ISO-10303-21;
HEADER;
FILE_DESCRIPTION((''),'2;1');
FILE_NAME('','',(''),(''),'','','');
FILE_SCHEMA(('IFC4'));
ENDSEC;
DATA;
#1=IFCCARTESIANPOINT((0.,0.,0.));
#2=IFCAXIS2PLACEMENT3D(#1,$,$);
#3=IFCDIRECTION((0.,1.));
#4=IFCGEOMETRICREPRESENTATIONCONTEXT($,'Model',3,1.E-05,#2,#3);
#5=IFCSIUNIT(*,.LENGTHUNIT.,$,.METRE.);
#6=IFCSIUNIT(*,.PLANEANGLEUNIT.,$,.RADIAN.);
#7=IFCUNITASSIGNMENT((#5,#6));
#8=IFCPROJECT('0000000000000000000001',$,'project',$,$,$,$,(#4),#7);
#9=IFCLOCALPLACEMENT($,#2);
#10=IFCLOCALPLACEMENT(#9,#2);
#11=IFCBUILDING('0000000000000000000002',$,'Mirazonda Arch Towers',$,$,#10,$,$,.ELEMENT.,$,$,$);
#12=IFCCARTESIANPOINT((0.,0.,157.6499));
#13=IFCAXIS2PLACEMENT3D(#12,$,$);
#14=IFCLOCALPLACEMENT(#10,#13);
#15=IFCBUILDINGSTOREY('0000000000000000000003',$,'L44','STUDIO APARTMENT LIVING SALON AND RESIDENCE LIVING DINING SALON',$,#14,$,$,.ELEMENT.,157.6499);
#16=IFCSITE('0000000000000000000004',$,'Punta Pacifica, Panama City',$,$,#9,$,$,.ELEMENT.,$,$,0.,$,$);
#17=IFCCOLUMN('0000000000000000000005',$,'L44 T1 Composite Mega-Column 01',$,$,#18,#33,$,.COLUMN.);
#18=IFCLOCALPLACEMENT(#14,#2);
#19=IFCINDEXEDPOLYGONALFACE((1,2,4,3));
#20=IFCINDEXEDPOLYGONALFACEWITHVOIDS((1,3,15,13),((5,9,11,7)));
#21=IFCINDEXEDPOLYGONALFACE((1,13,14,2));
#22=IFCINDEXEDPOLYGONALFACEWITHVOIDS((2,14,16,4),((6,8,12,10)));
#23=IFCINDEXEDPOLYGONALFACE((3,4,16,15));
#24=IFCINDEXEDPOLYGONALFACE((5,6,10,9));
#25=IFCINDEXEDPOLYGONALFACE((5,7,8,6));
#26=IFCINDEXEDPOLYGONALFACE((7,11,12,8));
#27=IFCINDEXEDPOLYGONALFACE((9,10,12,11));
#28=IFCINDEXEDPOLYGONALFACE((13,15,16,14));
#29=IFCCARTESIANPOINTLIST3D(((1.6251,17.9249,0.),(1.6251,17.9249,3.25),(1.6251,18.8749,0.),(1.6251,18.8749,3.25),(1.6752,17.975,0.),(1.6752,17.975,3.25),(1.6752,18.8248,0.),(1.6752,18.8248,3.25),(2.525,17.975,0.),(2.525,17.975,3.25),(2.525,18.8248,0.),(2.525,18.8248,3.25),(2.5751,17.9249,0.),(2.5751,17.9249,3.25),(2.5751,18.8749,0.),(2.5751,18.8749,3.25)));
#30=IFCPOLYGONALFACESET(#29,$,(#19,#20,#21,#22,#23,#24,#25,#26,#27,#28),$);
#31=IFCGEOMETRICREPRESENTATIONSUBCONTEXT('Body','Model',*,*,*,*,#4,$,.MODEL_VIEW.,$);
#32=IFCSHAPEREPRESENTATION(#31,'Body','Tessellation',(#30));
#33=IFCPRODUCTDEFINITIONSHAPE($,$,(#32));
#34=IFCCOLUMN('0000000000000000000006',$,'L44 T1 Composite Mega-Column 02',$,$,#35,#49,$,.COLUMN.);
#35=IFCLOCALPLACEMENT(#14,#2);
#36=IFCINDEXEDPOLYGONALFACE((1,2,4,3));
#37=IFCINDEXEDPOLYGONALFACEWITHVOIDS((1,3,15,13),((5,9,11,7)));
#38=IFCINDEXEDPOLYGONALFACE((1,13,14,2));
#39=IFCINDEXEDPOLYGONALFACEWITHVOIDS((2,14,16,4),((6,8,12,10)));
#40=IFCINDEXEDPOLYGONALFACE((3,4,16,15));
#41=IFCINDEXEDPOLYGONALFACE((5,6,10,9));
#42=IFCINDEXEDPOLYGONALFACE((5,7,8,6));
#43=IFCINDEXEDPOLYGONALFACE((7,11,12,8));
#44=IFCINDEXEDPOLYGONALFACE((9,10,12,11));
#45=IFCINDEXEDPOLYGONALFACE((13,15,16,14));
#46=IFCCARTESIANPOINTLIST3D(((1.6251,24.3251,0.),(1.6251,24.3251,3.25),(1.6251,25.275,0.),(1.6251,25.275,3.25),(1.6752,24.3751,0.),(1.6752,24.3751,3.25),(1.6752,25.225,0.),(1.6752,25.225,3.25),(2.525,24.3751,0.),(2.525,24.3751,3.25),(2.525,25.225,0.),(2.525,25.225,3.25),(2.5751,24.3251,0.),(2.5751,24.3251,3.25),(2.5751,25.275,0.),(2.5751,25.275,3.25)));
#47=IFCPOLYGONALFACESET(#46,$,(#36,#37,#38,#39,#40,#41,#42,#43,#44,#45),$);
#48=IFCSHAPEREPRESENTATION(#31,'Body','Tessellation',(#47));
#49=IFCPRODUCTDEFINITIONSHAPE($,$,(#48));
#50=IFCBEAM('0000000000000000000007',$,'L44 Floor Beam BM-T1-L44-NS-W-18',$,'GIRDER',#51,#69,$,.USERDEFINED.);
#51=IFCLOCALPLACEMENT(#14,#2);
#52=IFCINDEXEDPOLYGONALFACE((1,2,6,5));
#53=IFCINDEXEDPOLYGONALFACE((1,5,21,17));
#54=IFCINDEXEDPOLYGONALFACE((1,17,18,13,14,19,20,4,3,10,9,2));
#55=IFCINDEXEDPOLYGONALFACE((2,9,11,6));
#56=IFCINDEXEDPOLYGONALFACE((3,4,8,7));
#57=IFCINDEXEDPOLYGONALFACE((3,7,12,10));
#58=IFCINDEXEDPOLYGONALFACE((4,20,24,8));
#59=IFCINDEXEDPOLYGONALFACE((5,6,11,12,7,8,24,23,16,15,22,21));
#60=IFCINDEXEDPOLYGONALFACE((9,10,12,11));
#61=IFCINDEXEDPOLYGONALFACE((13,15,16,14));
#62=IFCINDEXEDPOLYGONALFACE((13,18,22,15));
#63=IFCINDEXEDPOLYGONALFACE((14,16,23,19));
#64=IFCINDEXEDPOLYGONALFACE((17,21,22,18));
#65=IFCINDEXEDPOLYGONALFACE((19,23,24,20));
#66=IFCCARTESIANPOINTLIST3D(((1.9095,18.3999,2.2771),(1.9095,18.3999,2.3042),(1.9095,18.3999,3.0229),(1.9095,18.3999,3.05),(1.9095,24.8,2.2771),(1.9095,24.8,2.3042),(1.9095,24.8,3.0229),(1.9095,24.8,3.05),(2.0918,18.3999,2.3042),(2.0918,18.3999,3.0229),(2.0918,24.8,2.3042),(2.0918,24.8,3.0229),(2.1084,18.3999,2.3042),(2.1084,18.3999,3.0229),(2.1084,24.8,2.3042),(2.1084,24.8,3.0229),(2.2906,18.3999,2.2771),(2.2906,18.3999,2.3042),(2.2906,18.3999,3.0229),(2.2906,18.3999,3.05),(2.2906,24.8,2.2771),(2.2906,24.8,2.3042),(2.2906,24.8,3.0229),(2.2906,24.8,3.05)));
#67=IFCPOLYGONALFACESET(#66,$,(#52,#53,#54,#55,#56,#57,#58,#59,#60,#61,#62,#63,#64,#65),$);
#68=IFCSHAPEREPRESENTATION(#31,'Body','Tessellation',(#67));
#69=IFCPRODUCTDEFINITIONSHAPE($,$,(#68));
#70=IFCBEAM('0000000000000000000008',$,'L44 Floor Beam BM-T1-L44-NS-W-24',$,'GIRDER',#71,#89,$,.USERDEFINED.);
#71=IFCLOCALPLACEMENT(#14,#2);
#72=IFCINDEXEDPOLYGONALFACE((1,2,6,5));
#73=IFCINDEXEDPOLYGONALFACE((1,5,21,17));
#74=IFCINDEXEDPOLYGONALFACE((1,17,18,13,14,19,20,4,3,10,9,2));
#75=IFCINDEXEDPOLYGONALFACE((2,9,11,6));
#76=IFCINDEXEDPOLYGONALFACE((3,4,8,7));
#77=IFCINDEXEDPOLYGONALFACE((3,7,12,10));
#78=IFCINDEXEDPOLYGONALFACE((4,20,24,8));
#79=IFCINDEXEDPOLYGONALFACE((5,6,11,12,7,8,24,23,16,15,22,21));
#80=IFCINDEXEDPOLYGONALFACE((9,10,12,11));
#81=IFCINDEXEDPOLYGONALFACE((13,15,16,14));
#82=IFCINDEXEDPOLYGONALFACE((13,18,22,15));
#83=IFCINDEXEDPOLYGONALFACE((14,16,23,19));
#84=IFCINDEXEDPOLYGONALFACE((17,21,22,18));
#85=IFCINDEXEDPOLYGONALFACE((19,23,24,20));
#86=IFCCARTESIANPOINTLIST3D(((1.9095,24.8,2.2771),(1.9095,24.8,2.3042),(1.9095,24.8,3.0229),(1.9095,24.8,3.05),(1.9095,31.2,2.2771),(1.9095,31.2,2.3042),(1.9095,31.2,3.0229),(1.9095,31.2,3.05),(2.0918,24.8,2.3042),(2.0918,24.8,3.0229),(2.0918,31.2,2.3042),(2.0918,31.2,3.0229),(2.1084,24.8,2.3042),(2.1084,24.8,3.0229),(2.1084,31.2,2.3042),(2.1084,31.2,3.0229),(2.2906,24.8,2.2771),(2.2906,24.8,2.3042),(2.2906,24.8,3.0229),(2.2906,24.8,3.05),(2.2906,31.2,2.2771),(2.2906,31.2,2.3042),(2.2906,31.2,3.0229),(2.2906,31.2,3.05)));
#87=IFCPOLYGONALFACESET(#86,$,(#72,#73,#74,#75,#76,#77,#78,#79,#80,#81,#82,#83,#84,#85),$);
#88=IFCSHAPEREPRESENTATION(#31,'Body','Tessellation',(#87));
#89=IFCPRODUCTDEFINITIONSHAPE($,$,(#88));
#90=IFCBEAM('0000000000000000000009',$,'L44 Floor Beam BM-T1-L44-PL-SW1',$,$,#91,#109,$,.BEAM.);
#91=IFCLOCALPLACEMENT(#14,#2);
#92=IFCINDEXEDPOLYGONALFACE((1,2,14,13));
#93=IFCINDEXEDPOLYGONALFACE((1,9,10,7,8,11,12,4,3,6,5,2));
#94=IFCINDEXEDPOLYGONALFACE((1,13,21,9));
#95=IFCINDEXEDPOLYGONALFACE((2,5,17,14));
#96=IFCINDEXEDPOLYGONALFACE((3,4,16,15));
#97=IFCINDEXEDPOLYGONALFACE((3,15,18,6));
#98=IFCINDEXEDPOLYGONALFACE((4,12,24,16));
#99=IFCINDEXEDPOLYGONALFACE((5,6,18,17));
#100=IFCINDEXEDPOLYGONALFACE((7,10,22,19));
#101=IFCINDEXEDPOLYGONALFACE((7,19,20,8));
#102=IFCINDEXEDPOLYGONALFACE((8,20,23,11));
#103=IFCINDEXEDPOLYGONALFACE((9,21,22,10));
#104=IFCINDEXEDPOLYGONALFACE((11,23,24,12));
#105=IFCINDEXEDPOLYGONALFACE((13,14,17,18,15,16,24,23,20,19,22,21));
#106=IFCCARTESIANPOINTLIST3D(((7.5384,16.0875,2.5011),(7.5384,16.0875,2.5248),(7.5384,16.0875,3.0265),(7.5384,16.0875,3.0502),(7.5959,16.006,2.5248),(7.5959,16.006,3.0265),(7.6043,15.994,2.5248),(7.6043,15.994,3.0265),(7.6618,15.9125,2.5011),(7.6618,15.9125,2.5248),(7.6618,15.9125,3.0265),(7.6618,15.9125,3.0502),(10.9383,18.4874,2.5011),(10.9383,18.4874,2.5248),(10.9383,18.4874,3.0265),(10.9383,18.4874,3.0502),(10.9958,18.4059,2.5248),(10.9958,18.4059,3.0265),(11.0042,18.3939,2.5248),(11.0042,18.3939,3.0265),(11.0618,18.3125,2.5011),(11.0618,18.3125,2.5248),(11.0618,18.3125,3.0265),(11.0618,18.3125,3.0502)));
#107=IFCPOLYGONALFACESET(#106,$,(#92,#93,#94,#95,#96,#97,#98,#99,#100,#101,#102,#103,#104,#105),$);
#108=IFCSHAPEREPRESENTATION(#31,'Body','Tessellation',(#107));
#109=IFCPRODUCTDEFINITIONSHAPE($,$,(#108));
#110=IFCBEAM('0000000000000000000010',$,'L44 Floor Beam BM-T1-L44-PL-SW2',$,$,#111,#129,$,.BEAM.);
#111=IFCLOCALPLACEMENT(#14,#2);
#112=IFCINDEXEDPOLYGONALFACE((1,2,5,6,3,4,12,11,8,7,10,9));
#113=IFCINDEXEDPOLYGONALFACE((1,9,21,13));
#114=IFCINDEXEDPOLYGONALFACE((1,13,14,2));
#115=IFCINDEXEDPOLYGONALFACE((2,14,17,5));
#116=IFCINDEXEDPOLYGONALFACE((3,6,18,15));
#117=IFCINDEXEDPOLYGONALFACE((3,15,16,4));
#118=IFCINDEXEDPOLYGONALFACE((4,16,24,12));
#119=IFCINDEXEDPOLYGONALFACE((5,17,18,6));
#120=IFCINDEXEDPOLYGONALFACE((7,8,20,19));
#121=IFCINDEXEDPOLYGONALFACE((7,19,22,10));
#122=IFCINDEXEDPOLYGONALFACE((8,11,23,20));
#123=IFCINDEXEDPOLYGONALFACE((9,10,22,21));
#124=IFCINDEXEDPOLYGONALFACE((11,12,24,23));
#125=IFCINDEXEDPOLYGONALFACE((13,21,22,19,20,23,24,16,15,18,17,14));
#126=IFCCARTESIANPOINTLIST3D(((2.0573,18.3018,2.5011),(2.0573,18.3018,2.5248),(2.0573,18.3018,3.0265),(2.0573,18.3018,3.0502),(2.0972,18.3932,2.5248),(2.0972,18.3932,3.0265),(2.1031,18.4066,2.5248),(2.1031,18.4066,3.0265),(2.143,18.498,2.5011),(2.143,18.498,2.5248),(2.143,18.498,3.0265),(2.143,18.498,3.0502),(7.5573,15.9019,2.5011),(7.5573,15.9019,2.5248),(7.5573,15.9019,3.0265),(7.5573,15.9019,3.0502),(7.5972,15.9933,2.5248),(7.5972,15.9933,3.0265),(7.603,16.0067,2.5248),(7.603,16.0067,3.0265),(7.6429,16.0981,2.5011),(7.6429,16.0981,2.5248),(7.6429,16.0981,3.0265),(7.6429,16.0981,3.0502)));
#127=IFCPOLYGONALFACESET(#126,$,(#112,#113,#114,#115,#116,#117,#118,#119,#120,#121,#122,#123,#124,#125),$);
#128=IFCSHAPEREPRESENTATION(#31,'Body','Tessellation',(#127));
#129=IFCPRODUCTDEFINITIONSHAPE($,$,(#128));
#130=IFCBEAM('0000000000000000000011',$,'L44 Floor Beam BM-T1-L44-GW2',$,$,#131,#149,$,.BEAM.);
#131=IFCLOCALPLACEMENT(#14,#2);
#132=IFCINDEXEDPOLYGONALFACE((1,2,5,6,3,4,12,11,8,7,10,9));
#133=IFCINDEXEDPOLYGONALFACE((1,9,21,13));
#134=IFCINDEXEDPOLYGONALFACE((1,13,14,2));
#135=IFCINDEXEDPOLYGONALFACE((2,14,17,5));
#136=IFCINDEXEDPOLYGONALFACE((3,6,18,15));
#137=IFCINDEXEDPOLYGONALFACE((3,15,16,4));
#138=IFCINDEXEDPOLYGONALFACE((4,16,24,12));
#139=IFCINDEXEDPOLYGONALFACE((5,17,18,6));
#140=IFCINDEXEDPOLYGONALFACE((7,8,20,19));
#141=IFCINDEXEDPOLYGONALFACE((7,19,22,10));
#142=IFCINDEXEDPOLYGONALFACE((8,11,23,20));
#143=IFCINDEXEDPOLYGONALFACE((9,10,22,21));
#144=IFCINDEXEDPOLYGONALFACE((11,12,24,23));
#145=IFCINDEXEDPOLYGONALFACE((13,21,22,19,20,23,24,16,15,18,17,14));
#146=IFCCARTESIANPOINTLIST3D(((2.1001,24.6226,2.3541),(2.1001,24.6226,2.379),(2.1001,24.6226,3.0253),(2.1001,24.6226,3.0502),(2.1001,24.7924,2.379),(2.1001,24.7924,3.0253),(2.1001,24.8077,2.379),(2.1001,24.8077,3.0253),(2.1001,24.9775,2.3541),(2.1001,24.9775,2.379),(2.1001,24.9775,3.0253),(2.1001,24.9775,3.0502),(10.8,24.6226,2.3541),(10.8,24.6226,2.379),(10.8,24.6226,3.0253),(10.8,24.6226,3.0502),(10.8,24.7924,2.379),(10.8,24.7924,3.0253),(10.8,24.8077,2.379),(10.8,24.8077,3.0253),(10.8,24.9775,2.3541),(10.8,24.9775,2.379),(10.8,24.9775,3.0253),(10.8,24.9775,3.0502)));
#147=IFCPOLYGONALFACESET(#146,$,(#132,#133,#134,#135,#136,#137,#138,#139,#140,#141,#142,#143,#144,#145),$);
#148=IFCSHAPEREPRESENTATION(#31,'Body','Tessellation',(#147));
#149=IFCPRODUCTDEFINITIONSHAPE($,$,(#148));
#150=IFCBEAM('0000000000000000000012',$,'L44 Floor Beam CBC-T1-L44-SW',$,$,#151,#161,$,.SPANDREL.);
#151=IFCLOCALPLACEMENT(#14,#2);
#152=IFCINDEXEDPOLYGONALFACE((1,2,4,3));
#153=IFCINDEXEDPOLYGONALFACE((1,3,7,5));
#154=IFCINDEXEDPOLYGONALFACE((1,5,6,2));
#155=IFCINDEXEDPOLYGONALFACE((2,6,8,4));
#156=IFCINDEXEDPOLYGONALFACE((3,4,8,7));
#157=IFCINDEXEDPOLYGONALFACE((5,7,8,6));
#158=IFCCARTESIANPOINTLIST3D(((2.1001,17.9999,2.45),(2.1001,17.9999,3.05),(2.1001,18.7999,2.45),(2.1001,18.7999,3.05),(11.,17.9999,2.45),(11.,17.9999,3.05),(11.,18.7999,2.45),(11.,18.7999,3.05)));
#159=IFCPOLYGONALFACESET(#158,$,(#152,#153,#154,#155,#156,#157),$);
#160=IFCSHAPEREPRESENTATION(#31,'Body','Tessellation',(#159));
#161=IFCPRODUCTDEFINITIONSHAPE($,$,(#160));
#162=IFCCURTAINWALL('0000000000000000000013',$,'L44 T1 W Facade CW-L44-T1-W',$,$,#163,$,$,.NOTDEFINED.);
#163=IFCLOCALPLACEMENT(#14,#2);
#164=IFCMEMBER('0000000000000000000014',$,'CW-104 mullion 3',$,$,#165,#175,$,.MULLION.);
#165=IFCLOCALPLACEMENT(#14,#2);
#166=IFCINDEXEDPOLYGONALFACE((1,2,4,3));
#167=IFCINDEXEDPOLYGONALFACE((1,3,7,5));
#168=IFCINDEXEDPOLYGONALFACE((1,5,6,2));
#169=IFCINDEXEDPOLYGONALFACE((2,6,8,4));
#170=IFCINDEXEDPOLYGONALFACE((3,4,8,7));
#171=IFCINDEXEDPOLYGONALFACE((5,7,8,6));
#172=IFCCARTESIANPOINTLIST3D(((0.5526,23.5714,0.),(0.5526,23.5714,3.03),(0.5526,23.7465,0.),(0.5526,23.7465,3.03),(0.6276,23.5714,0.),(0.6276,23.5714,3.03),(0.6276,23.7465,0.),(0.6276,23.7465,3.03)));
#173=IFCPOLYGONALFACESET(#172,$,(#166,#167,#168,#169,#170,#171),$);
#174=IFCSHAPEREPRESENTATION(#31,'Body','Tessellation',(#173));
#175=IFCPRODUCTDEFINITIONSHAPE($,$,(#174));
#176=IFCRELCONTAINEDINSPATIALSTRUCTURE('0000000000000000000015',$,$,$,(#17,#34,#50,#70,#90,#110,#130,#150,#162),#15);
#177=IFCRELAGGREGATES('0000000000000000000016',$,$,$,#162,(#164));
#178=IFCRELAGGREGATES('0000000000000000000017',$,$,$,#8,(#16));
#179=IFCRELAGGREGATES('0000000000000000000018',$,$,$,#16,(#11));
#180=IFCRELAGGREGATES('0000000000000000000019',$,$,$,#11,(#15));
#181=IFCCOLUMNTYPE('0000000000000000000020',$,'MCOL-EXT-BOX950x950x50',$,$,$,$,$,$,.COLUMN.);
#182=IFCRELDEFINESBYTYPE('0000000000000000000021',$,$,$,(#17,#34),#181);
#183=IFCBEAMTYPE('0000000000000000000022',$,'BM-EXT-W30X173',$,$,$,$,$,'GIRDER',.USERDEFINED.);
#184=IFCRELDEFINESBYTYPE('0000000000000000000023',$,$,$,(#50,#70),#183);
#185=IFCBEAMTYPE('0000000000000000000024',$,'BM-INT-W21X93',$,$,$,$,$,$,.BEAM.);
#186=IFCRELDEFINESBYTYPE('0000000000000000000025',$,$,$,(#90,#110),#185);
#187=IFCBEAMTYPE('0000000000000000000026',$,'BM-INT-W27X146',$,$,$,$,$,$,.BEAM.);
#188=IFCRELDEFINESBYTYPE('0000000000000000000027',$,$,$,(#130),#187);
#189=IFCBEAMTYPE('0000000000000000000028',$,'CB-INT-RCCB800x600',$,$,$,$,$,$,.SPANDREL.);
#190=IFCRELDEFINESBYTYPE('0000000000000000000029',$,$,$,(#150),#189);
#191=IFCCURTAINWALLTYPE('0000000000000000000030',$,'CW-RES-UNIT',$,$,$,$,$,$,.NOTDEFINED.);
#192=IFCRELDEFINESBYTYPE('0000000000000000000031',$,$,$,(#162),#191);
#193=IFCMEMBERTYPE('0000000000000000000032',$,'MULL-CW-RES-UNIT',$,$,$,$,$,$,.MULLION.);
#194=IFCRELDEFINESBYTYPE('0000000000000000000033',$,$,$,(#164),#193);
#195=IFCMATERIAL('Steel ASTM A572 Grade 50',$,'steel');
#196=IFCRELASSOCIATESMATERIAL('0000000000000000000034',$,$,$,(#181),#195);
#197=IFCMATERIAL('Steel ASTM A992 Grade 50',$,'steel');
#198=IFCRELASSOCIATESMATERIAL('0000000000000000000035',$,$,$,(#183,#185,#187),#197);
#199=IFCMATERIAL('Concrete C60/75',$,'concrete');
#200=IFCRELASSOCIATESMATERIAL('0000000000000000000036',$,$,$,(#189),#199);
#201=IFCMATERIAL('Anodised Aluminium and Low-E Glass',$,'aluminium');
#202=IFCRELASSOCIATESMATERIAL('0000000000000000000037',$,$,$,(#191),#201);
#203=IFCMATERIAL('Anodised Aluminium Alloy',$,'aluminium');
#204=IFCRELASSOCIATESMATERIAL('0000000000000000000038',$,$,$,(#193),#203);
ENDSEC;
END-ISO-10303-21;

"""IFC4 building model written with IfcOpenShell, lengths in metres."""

from ifc_helpers import new_model, si_unit, direction, frame, origin, origin_2d, place, context, subcontext, project, spatial, rectangle, hollow_rectangle, i_section, extrude, material, material_profile, profile_set, type_object, element, aggregate, save


model = new_model("IFC4")

# Units and contexts
model_context = context("Model", 3, precision=1e-05, world=origin(), true_north=direction((0.0, 1.0)))
body_context = subcontext(model_context, "Body", "Model", "MODEL_VIEW")
ifc_project = project(units=[si_unit("LENGTHUNIT", "METRE"), si_unit("PLANEANGLEUNIT", "RADIAN")], contexts=[model_context])

# Site, building, storey
site_placement = place(None, origin())
site = spatial("IfcSite", under=ifc_project, at=site_placement, Name="Punta Pacifica, Panama City", CompositionType="ELEMENT", RefElevation=0.0)
building_placement = place(site_placement, origin())
building = spatial("IfcBuilding", under=site, at=building_placement, Name="Mirazonda Arch Towers", CompositionType="ELEMENT")
storey_placement = place(building_placement, frame((0.0, 0.0, 157.6499)))
storey = spatial("IfcBuildingStorey", under=building, at=storey_placement, Name="L44", Description="STUDIO APARTMENT LIVING SALON AND RESIDENCE LIVING DINING SALON", CompositionType="ELEMENT", Elevation=157.6499)

# Columns
ifc_material_1 = material(Name="Steel ASTM A572 Grade 50", Category="steel")
ifc_material_profile_1 = material_profile(ifc_material_1, hollow_rectangle(XDim=0.95, YDim=0.95, WallThickness=0.05, at=origin_2d()), Name="BOX950x950x50")
ifc_profile_set_1 = profile_set([ifc_material_profile_1], Name="Steel ASTM A572 Grade 50")
column_type = type_object("IfcColumnType", Name="MCOL-EXT-BOX950x950x50", PredefinedType="COLUMN", material=ifc_profile_set_1)
for number, where, z_axis, x_axis, name in (
    (1, (2.1001, 18.3999, 0.0), (0.0, 0.0, 1.0), (1.0, 0.0, 0.0), "L44 T1 Composite Mega-Column 01"),
    (2, (2.1001, 24.8, 0.0), (0.0, 0.0, 1.0), (1.0, 0.0, 0.0), "L44 T1 Composite Mega-Column 02"),
):
    element("IfcColumn", number, at=place(storey_placement, frame(where, z_axis=z_axis, x_axis=x_axis)), inside=storey, type_object=column_type, Name=name, PredefinedType="COLUMN", context=body_context, shape_type="SweptSolid", body=[
        extrude(hollow_rectangle(XDim=0.95, YDim=0.95, WallThickness=0.05, at=origin_2d()), origin(), (0.0, 0.0, 1.0), 3.25),
    ])

# Beams
ifc_material_2 = material(Name="Steel ASTM A992 Grade 50", Category="steel")
ifc_material_profile_2 = material_profile(ifc_material_2, i_section(OverallWidth=0.3811, OverallDepth=0.7729, WebThickness=0.0166, FlangeThickness=0.0271, at=origin_2d()), Name="W30X173")
ifc_profile_set_2 = profile_set([ifc_material_profile_2], Name="Steel ASTM A992 Grade 50")
beam_type_1 = type_object("IfcBeamType", Name="BM-EXT-W30X173", ElementType="GIRDER", PredefinedType="USERDEFINED", material=ifc_profile_set_2)
beam_1_placement = place(storey_placement, frame((2.1001, 18.3999, 2.6636), z_axis=(0.0, 1.0, 0.0), x_axis=(-1.0, 0.0, 0.0)))
element("IfcBeam", 3, at=beam_1_placement, inside=storey, type_object=beam_type_1, Name="L44 Floor Beam BM-T1-L44-NS-W-18", ObjectType="GIRDER", PredefinedType="USERDEFINED", context=body_context, shape_type="SweptSolid", body=[
    extrude(i_section(OverallWidth=0.3811, OverallDepth=0.7729, WebThickness=0.0166, FlangeThickness=0.0271, at=origin_2d()), origin(), (0.0, 0.0, 1.0), 6.4001),
])
beam_2_placement = place(storey_placement, frame((2.1001, 24.8, 2.6636), z_axis=(0.0, 1.0, 0.0), x_axis=(-1.0, 0.0, 0.0)))
element("IfcBeam", 4, at=beam_2_placement, inside=storey, type_object=beam_type_1, Name="L44 Floor Beam BM-T1-L44-NS-W-24", ObjectType="GIRDER", PredefinedType="USERDEFINED", context=body_context, shape_type="SweptSolid", body=[
    extrude(i_section(OverallWidth=0.3811, OverallDepth=0.7729, WebThickness=0.0166, FlangeThickness=0.0271, at=origin_2d()), origin(), (0.0, 0.0, 1.0), 6.3999),
])
ifc_material_profile_3 = material_profile(ifc_material_2, i_section(OverallWidth=0.2141, OverallDepth=0.5491, WebThickness=0.0146, FlangeThickness=0.0237, at=origin_2d()), Name="W21X93")
ifc_profile_set_3 = profile_set([ifc_material_profile_3], Name="Steel ASTM A992 Grade 50")
beam_type_2 = type_object("IfcBeamType", Name="BM-INT-W21X93", PredefinedType="BEAM", material=ifc_profile_set_3)
beam_3_placement = place(storey_placement, frame((7.6001, 16.0, 2.7756), z_axis=(0.816971, 0.576679, 0.0), x_axis=(-0.576679, 0.816971, 0.0)))
element("IfcBeam", 5, at=beam_3_placement, inside=storey, type_object=beam_type_2, Name="L44 Floor Beam BM-T1-L44-PL-SW1", PredefinedType="BEAM", context=body_context, shape_type="SweptSolid", body=[
    extrude(i_section(OverallWidth=0.2141, OverallDepth=0.5491, WebThickness=0.0146, FlangeThickness=0.0237, at=origin_2d()), origin(), (0.0, 0.0, 1.0), 4.1616),
])
beam_4_placement = place(storey_placement, frame((7.6001, 16.0, 2.7756), z_axis=(-0.916545, 0.399931, 0.0), x_axis=(-0.399931, -0.916545, 0.0)))
element("IfcBeam", 6, at=beam_4_placement, inside=storey, type_object=beam_type_2, Name="L44 Floor Beam BM-T1-L44-PL-SW2", PredefinedType="BEAM", context=body_context, shape_type="SweptSolid", body=[
    extrude(i_section(OverallWidth=0.2141, OverallDepth=0.5491, WebThickness=0.0146, FlangeThickness=0.0237, at=origin_2d()), origin(), (0.0, 0.0, 1.0), 6.0007),
])
ifc_material_profile_4 = material_profile(ifc_material_2, i_section(OverallWidth=0.355, OverallDepth=0.696, WebThickness=0.0154, FlangeThickness=0.0249, at=origin_2d()), Name="W27X146")
ifc_profile_set_4 = profile_set([ifc_material_profile_4], Name="Steel ASTM A992 Grade 50")
beam_type_3 = type_object("IfcBeamType", Name="BM-INT-W27X146", PredefinedType="BEAM", material=ifc_profile_set_4)
beam_5_placement = place(storey_placement, frame((2.1001, 24.8, 2.7021), z_axis=(1.0, 0.0, 0.0), x_axis=(0.0, 1.0, 0.0)))
element("IfcBeam", 7, at=beam_5_placement, inside=storey, type_object=beam_type_3, Name="L44 Floor Beam BM-T1-L44-GW2", PredefinedType="BEAM", context=body_context, shape_type="SweptSolid", body=[
    extrude(i_section(OverallWidth=0.355, OverallDepth=0.696, WebThickness=0.0154, FlangeThickness=0.0249, at=origin_2d()), origin(), (0.0, 0.0, 1.0), 8.7),
])
ifc_material_3 = material(Name="Concrete C60/75", Category="concrete")
ifc_material_profile_5 = material_profile(ifc_material_3, rectangle(XDim=0.8, YDim=0.6001, at=origin_2d()), Name="RCCB800x600")
ifc_profile_set_5 = profile_set([ifc_material_profile_5], Name="Concrete C60/75")
beam_type_4 = type_object("IfcBeamType", Name="CB-INT-RCCB800x600", PredefinedType="SPANDREL", material=ifc_profile_set_5)
beam_6_placement = place(storey_placement, frame((2.1001, 18.3999, 2.75), z_axis=(1.0, 0.0, 0.0), x_axis=(0.0, 1.0, 0.0)))
element("IfcBeam", 8, at=beam_6_placement, inside=storey, type_object=beam_type_4, Name="L44 Floor Beam CBC-T1-L44-SW", PredefinedType="SPANDREL", context=body_context, shape_type="SweptSolid", body=[
    extrude(rectangle(XDim=0.8, YDim=0.6001, at=origin_2d()), origin(), (0.0, 0.0, 1.0), 8.8999),
])

# Curtain wall, member
ifc_material_4 = material(Name="Anodised Aluminium and Low-E Glass", Category="aluminium")
curtain_wall_type = type_object("IfcCurtainWallType", Name="CW-RES-UNIT", PredefinedType="NOTDEFINED", material=ifc_material_4)
curtain_wall_placement = place(storey_placement, origin())
curtain_wall = element("IfcCurtainWall", 9, at=curtain_wall_placement, inside=storey, type_object=curtain_wall_type, Name="L44 T1 W Facade CW-L44-T1-W", PredefinedType="NOTDEFINED")
ifc_material_5 = material(Name="Anodised Aluminium Alloy", Category="aluminium")
ifc_material_profile_6 = material_profile(ifc_material_5, rectangle(XDim=0.075, YDim=0.175, at=origin_2d()), Name="ALU-MULL-75x175")
ifc_profile_set_6 = profile_set([ifc_material_profile_6], Name="Anodised Aluminium Alloy")
member_type_1 = type_object("IfcMemberType", Name="MULL-CW-RES-UNIT", PredefinedType="MULLION", material=ifc_profile_set_6)
member_1_placement = place(storey_placement, frame((0.5901, 23.6589, 0.0), z_axis=(0.0, 0.0, 1.0), x_axis=(1.0, 0.0, 0.0)))
member_1 = element("IfcMember", 10, at=member_1_placement, type_object=member_type_1, Name="CW-104 mullion 3", PredefinedType="MULLION", context=body_context, shape_type="SweptSolid", body=[
    extrude(rectangle(XDim=0.075, YDim=0.175, at=origin_2d()), origin(), (0.0, 0.0, 1.0), 3.03),
])
aggregate(curtain_wall, [member_1])

save(model, "model.ifc")
